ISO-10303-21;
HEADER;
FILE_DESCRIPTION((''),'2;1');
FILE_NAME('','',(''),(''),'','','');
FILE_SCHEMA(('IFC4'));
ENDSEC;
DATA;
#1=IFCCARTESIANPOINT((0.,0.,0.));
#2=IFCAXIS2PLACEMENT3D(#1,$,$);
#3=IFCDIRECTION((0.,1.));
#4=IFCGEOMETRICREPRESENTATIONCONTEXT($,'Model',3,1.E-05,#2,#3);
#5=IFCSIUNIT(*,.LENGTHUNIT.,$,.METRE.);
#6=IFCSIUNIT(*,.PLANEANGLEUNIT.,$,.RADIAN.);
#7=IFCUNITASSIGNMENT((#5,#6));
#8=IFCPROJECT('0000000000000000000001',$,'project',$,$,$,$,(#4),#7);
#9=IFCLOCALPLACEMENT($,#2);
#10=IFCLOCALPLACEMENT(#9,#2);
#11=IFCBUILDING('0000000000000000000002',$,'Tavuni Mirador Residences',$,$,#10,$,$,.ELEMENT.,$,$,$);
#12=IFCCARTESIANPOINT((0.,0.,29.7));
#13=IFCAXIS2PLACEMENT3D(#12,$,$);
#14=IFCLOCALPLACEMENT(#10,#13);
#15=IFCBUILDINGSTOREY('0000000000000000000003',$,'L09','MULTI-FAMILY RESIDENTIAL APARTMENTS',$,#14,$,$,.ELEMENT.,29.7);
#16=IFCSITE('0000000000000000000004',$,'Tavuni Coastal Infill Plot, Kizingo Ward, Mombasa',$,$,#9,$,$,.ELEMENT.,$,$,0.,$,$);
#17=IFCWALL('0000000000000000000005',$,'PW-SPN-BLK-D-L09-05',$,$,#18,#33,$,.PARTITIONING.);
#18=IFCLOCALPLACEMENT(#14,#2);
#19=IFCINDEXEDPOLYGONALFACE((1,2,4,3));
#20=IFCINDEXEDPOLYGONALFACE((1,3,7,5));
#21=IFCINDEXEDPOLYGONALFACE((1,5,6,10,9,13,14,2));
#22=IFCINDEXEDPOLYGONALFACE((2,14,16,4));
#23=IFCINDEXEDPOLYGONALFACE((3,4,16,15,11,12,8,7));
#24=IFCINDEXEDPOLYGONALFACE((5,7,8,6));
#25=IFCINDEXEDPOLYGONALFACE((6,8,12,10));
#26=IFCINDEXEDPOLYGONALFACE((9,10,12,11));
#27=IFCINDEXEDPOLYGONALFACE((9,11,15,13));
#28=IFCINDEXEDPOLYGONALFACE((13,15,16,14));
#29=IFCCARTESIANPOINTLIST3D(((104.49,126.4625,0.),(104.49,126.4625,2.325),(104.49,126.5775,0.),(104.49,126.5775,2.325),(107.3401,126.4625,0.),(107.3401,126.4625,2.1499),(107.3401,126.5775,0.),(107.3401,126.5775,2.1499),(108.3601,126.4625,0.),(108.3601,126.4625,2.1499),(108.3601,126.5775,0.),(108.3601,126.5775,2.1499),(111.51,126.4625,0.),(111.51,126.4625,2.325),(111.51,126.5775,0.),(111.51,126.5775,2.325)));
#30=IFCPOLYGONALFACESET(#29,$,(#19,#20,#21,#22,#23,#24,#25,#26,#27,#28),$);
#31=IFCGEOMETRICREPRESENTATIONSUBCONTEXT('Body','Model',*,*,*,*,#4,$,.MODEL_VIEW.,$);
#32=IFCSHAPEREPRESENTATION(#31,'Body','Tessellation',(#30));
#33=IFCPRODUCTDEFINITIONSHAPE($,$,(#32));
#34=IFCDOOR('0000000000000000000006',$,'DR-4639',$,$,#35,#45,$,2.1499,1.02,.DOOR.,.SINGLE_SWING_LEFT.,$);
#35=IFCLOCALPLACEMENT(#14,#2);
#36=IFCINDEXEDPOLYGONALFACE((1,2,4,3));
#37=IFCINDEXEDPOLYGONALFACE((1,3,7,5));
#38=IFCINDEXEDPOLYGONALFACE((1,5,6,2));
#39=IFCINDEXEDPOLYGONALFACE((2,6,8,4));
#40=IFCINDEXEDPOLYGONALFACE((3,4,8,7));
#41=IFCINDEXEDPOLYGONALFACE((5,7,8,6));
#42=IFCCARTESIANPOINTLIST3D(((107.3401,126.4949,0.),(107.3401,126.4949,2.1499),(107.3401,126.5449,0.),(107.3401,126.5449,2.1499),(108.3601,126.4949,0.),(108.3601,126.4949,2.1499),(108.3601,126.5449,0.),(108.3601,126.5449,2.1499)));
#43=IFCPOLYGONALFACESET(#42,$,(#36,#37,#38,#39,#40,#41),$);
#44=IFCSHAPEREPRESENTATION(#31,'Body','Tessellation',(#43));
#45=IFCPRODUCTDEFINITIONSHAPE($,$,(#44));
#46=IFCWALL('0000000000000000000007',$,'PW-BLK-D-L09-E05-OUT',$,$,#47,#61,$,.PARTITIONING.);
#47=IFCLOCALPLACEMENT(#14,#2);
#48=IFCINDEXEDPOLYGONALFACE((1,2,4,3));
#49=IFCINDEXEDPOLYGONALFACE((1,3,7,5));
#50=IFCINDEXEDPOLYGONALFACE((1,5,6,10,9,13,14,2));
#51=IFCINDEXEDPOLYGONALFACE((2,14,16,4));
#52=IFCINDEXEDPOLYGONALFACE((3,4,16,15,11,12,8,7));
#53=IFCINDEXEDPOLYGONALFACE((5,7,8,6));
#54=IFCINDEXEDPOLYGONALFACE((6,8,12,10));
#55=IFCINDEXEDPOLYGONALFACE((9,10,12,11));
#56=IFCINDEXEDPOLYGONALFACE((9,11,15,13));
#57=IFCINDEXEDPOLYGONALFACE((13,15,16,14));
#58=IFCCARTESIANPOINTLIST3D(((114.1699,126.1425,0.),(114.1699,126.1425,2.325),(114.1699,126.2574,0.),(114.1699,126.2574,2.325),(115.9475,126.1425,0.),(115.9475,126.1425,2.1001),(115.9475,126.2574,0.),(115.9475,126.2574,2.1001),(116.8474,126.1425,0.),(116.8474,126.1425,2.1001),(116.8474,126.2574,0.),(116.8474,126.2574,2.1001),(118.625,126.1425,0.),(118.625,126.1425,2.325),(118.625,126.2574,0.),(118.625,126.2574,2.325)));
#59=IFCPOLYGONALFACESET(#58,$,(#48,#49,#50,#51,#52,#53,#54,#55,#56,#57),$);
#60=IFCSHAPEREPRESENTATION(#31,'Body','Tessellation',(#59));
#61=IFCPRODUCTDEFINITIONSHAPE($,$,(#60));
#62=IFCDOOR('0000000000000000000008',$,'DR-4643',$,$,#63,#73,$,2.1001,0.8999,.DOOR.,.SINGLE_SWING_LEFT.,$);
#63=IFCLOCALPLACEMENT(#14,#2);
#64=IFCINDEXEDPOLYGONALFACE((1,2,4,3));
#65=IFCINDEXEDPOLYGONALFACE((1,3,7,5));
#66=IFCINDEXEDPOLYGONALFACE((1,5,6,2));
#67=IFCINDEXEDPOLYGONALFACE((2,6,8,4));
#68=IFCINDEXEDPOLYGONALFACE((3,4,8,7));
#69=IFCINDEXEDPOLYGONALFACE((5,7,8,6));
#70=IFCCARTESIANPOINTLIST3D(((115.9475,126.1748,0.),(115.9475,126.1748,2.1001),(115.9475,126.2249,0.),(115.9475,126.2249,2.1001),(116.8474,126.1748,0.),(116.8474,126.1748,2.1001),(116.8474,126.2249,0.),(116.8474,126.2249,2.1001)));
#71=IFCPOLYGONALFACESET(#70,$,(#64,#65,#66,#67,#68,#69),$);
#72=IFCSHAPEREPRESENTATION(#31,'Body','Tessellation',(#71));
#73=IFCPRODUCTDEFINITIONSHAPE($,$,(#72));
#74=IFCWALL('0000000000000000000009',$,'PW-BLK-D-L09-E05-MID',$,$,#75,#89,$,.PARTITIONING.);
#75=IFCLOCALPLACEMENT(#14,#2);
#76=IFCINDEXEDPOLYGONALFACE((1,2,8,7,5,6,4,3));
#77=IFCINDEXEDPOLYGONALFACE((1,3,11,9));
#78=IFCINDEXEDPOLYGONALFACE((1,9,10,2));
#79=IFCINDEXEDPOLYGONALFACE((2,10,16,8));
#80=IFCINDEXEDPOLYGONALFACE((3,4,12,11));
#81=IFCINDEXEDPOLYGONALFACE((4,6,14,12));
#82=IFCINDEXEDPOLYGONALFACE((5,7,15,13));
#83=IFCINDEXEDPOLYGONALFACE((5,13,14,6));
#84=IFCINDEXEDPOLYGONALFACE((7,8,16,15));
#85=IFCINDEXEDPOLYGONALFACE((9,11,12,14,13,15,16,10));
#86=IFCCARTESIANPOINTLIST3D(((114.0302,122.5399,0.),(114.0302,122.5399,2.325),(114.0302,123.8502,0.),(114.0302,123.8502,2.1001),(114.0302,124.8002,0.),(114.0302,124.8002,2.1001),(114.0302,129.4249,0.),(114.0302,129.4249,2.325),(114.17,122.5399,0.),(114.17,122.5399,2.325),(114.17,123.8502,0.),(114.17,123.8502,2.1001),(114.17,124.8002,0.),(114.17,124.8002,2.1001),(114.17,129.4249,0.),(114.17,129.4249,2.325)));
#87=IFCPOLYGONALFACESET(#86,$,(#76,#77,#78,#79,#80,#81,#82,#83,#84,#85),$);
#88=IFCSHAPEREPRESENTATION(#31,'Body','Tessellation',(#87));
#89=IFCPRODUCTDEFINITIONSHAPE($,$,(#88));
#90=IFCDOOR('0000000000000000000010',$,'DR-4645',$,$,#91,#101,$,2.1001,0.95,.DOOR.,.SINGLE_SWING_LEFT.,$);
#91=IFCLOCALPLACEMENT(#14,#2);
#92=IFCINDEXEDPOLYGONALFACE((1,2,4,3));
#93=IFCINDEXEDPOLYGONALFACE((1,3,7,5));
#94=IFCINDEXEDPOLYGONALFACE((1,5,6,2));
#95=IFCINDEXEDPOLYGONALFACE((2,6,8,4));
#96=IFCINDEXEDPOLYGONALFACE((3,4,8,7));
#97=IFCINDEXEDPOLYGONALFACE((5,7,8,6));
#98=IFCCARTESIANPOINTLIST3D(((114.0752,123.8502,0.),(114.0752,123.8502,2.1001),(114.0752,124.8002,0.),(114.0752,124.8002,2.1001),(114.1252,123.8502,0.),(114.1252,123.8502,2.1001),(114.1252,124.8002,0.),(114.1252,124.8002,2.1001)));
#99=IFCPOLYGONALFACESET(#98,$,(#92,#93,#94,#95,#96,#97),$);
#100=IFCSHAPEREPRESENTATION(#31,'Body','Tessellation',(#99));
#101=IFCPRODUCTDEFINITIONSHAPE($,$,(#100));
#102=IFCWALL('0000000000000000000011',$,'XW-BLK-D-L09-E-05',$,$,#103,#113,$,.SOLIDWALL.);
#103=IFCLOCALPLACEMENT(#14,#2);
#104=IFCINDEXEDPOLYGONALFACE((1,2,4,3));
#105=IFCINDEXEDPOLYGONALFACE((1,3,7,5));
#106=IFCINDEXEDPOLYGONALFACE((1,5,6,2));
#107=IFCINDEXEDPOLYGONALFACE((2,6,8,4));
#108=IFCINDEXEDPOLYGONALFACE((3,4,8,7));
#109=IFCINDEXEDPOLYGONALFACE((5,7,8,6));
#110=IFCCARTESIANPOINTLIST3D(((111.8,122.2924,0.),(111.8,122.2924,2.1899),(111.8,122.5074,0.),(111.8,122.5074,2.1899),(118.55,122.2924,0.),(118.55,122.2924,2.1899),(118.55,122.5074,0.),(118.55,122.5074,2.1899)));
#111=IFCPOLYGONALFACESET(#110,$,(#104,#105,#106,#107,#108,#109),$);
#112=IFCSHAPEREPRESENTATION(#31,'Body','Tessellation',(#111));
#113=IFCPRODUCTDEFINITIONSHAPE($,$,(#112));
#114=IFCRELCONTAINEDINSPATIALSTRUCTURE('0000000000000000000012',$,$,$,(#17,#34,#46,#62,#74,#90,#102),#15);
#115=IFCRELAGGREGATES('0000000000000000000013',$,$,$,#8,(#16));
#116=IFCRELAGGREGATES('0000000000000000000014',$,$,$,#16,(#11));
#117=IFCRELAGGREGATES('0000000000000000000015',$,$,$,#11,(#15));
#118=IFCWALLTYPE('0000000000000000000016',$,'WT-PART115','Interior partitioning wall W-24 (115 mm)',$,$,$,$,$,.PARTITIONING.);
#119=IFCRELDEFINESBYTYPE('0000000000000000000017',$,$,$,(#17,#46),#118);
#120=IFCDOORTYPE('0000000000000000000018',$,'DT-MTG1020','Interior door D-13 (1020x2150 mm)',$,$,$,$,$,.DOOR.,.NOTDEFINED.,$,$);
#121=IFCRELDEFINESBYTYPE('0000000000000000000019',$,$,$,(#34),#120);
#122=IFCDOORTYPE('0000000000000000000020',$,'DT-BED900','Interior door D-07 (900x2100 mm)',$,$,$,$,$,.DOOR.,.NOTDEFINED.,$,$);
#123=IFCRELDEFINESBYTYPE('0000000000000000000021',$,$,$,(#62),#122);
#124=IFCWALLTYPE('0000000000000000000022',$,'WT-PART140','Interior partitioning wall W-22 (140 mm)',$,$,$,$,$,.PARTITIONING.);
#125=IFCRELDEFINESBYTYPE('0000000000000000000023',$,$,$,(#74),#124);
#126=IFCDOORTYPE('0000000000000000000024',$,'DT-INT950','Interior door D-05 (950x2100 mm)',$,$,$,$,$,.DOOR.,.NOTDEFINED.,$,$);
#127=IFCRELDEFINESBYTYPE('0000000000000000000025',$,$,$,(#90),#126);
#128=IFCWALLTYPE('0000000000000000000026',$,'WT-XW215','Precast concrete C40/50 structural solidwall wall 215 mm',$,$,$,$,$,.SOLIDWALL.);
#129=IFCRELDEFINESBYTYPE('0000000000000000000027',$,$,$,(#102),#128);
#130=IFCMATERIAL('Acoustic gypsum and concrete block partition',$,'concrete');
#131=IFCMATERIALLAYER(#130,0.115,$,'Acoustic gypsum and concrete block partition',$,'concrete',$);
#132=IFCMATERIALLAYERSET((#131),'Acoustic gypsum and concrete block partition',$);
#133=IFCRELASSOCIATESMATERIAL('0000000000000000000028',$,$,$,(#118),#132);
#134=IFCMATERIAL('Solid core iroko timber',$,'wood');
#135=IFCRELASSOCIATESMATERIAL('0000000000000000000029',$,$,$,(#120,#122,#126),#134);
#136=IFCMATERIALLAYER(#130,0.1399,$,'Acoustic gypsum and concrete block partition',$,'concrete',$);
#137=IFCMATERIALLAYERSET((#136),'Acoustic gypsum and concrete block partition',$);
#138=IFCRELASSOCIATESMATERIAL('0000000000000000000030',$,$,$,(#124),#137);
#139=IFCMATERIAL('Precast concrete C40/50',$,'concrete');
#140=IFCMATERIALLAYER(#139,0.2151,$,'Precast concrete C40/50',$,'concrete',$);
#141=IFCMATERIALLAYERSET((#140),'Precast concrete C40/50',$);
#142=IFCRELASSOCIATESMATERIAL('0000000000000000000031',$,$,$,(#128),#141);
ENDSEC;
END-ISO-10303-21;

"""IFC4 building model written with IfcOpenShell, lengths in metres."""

from ifc_helpers import new_model, si_unit, direction, frame, frame_2d, origin, place, context, subcontext, project, spatial, rectangle, extrude, material, layer, layer_set, type_object, element, fill, save


model = new_model("IFC4")

# Units and contexts
model_context = context("Model", 3, precision=1e-05, world=origin(), true_north=direction((0.0, 1.0)))
body_context = subcontext(model_context, "Body", "Model", "MODEL_VIEW")
ifc_project = project(units=[si_unit("LENGTHUNIT", "METRE"), si_unit("PLANEANGLEUNIT", "RADIAN")], contexts=[model_context])

# Site, building, storey
site_placement = place(None, origin())
site = spatial("IfcSite", under=ifc_project, at=site_placement, Name="Tavuni Coastal Infill Plot, Kizingo Ward, Mombasa", CompositionType="ELEMENT", RefElevation=0.0)
building_placement = place(site_placement, origin())
building = spatial("IfcBuilding", under=site, at=building_placement, Name="Tavuni Mirador Residences", CompositionType="ELEMENT")
storey_placement = place(building_placement, frame((0.0, 0.0, 29.7)))
storey = spatial("IfcBuildingStorey", under=building, at=storey_placement, Name="L09", Description="MULTI-FAMILY RESIDENTIAL APARTMENTS", CompositionType="ELEMENT", Elevation=29.7)

# Shared definitions
ifc_material_1 = material(Name="Precast concrete C40/50", Category="concrete")

# Shared definitions
ifc_material_2 = material(Name="Solid core iroko timber", Category="wood")

# Walls, openings, doors
ifc_material_3 = material(Name="Acoustic gypsum and concrete block partition", Category="concrete")
ifc_layer_1 = layer(ifc_material_3, 0.115, Name="Acoustic gypsum and concrete block partition", Category="concrete")
ifc_layer_set_1 = layer_set([ifc_layer_1], Name="Acoustic gypsum and concrete block partition")
wall_type_1 = type_object("IfcWallType", Name="WT-PART115", Description="Interior partitioning wall W-24 (115 mm)", PredefinedType="PARTITIONING", material=ifc_layer_set_1)
wall_1_placement = place(storey_placement, frame((104.49, 126.52, 0.0), z_axis=(0.0, 0.0, 1.0), x_axis=(1.0, 0.0, 0.0)))
wall_1 = element("IfcWall", 1, at=wall_1_placement, inside=storey, type_object=wall_type_1, Name="PW-SPN-BLK-D-L09-05", PredefinedType="PARTITIONING", context=body_context, shape_type="SweptSolid", body=[
    extrude(rectangle(XDim=7.02, YDim=0.115, at=frame_2d((3.51, 0.0))), origin(), (0.0, 0.0, 1.0), 2.325),
])
opening_1_placement = place(wall_1_placement, frame((2.8501, 0.0, 0.0)))
opening_1 = element("IfcOpeningElement", 2, at=opening_1_placement, cuts=wall_1, PredefinedType="OPENING", context=body_context, shape_type="SweptSolid", body=[
    extrude(rectangle(XDim=1.02, YDim=2.1499, at=frame_2d((0.51, 1.075))), frame((0.0, 0.0674, 0.0), z_axis=(0.0, -1.0, 0.0), x_axis=(1.0, 0.0, 0.0)), (0.0, 0.0, 1.0), 0.135),
])
door_type_1 = type_object("IfcDoorType", Name="DT-MTG1020", Description="Interior door D-13 (1020x2150 mm)", OperationType="NOTDEFINED", PredefinedType="DOOR", material=ifc_material_2)
door_1_placement = place(opening_1_placement, origin())
door_1 = element("IfcDoor", 3, at=door_1_placement, inside=storey, type_object=door_type_1, Name="DR-4639", OperationType="SINGLE_SWING_LEFT", OverallHeight=2.1499, OverallWidth=1.02, PredefinedType="DOOR", context=body_context, shape_type="SweptSolid", body=[
    extrude(rectangle(XDim=1.02, YDim=2.1499, at=frame_2d((0.51, 1.075))), frame((0.0, 0.0249, 0.0), z_axis=(0.0, -1.0, 0.0), x_axis=(1.0, 0.0, 0.0)), (0.0, 0.0, 1.0), 0.05),
])
fill(opening_1, door_1)
wall_2_placement = place(storey_placement, frame((114.1699, 126.2, 0.0), z_axis=(0.0, 0.0, 1.0), x_axis=(1.0, 0.0, 0.0)))
wall_2 = element("IfcWall", 4, at=wall_2_placement, inside=storey, type_object=wall_type_1, Name="PW-BLK-D-L09-E05-OUT", PredefinedType="PARTITIONING", context=body_context, shape_type="SweptSolid", body=[
    extrude(rectangle(XDim=4.4551, YDim=0.115, at=frame_2d((2.2275, 0.0))), origin(), (0.0, 0.0, 1.0), 2.325),
])
opening_2_placement = place(wall_2_placement, frame((1.7776, 0.0, 0.0)))
opening_2 = element("IfcOpeningElement", 5, at=opening_2_placement, cuts=wall_2, PredefinedType="OPENING", context=body_context, shape_type="SweptSolid", body=[
    extrude(rectangle(XDim=0.8999, YDim=2.1001, at=frame_2d((0.45, 1.05))), frame((0.0, 0.0674, 0.0), z_axis=(0.0, -1.0, 0.0), x_axis=(1.0, 0.0, 0.0)), (0.0, 0.0, 1.0), 0.135),
])
door_type_2 = type_object("IfcDoorType", Name="DT-BED900", Description="Interior door D-07 (900x2100 mm)", OperationType="NOTDEFINED", PredefinedType="DOOR", material=ifc_material_2)
door_2_placement = place(opening_2_placement, origin())
door_2 = element("IfcDoor", 6, at=door_2_placement, inside=storey, type_object=door_type_2, Name="DR-4643", OperationType="SINGLE_SWING_LEFT", OverallHeight=2.1001, OverallWidth=0.8999, PredefinedType="DOOR", context=body_context, shape_type="SweptSolid", body=[
    extrude(rectangle(XDim=0.8999, YDim=2.1001, at=frame_2d((0.45, 1.05))), frame((0.0, 0.0249, 0.0), z_axis=(0.0, -1.0, 0.0), x_axis=(1.0, 0.0, 0.0)), (0.0, 0.0, 1.0), 0.05),
])
fill(opening_2, door_2)
ifc_layer_2 = layer(ifc_material_3, 0.1399, Name="Acoustic gypsum and concrete block partition", Category="concrete")
ifc_layer_set_2 = layer_set([ifc_layer_2], Name="Acoustic gypsum and concrete block partition")
wall_type_2 = type_object("IfcWallType", Name="WT-PART140", Description="Interior partitioning wall W-22 (140 mm)", PredefinedType="PARTITIONING", material=ifc_layer_set_2)
wall_3_placement = place(storey_placement, frame((114.1001, 122.54, 0.0), z_axis=(0.0, 0.0, 1.0), x_axis=(0.0, 1.0, 0.0)))
wall_3 = element("IfcWall", 7, at=wall_3_placement, inside=storey, type_object=wall_type_2, Name="PW-BLK-D-L09-E05-MID", PredefinedType="PARTITIONING", context=body_context, shape_type="SweptSolid", body=[
    extrude(rectangle(XDim=6.885, YDim=0.1399, at=frame_2d((3.4424, 0.0))), origin(), (0.0, 0.0, 1.0), 2.325),
])
opening_3_placement = place(wall_3_placement, frame((1.3101, 0.0, 0.0)))
opening_3 = element("IfcOpeningElement", 8, at=opening_3_placement, cuts=wall_3, PredefinedType="OPENING", context=body_context, shape_type="SweptSolid", body=[
    extrude(rectangle(XDim=0.95, YDim=2.1001, at=frame_2d((0.4751, 1.05))), frame((0.0, 0.0801, 0.0), z_axis=(0.0, -1.0, 0.0), x_axis=(1.0, 0.0, 0.0)), (0.0, 0.0, 1.0), 0.1599),
])
door_type_3 = type_object("IfcDoorType", Name="DT-INT950", Description="Interior door D-05 (950x2100 mm)", OperationType="NOTDEFINED", PredefinedType="DOOR", material=ifc_material_2)
door_3_placement = place(opening_3_placement, origin())
door_3 = element("IfcDoor", 9, at=door_3_placement, inside=storey, type_object=door_type_3, Name="DR-4645", OperationType="SINGLE_SWING_LEFT", OverallHeight=2.1001, OverallWidth=0.95, PredefinedType="DOOR", context=body_context, shape_type="SweptSolid", body=[
    extrude(rectangle(XDim=0.95, YDim=2.1001, at=frame_2d((0.4751, 1.05))), frame((0.0, 0.0249, 0.0), z_axis=(0.0, -1.0, 0.0), x_axis=(1.0, 0.0, 0.0)), (0.0, 0.0, 1.0), 0.05),
])
fill(opening_3, door_3)

# Wall
ifc_layer_3 = layer(ifc_material_1, 0.2151, Name="Precast concrete C40/50", Category="concrete")
ifc_layer_set_3 = layer_set([ifc_layer_3], Name="Precast concrete C40/50")
wall_type_3 = type_object("IfcWallType", Name="WT-XW215", Description="Precast concrete C40/50 structural solidwall wall 215 mm", PredefinedType="SOLIDWALL", material=ifc_layer_set_3)
wall_4_placement = place(storey_placement, frame((111.8, 122.3999, 0.0), z_axis=(0.0, 0.0, 1.0), x_axis=(1.0, 0.0, 0.0)))
element("IfcWall", 10, at=wall_4_placement, inside=storey, type_object=wall_type_3, Name="XW-BLK-D-L09-E-05", PredefinedType="SOLIDWALL", context=body_context, shape_type="SweptSolid", body=[
    extrude(rectangle(XDim=6.75, YDim=0.2151, at=frame_2d((3.375, 0.0))), origin(), (0.0, 0.0, 1.0), 2.1899),
])

save(model, "model.ifc")
